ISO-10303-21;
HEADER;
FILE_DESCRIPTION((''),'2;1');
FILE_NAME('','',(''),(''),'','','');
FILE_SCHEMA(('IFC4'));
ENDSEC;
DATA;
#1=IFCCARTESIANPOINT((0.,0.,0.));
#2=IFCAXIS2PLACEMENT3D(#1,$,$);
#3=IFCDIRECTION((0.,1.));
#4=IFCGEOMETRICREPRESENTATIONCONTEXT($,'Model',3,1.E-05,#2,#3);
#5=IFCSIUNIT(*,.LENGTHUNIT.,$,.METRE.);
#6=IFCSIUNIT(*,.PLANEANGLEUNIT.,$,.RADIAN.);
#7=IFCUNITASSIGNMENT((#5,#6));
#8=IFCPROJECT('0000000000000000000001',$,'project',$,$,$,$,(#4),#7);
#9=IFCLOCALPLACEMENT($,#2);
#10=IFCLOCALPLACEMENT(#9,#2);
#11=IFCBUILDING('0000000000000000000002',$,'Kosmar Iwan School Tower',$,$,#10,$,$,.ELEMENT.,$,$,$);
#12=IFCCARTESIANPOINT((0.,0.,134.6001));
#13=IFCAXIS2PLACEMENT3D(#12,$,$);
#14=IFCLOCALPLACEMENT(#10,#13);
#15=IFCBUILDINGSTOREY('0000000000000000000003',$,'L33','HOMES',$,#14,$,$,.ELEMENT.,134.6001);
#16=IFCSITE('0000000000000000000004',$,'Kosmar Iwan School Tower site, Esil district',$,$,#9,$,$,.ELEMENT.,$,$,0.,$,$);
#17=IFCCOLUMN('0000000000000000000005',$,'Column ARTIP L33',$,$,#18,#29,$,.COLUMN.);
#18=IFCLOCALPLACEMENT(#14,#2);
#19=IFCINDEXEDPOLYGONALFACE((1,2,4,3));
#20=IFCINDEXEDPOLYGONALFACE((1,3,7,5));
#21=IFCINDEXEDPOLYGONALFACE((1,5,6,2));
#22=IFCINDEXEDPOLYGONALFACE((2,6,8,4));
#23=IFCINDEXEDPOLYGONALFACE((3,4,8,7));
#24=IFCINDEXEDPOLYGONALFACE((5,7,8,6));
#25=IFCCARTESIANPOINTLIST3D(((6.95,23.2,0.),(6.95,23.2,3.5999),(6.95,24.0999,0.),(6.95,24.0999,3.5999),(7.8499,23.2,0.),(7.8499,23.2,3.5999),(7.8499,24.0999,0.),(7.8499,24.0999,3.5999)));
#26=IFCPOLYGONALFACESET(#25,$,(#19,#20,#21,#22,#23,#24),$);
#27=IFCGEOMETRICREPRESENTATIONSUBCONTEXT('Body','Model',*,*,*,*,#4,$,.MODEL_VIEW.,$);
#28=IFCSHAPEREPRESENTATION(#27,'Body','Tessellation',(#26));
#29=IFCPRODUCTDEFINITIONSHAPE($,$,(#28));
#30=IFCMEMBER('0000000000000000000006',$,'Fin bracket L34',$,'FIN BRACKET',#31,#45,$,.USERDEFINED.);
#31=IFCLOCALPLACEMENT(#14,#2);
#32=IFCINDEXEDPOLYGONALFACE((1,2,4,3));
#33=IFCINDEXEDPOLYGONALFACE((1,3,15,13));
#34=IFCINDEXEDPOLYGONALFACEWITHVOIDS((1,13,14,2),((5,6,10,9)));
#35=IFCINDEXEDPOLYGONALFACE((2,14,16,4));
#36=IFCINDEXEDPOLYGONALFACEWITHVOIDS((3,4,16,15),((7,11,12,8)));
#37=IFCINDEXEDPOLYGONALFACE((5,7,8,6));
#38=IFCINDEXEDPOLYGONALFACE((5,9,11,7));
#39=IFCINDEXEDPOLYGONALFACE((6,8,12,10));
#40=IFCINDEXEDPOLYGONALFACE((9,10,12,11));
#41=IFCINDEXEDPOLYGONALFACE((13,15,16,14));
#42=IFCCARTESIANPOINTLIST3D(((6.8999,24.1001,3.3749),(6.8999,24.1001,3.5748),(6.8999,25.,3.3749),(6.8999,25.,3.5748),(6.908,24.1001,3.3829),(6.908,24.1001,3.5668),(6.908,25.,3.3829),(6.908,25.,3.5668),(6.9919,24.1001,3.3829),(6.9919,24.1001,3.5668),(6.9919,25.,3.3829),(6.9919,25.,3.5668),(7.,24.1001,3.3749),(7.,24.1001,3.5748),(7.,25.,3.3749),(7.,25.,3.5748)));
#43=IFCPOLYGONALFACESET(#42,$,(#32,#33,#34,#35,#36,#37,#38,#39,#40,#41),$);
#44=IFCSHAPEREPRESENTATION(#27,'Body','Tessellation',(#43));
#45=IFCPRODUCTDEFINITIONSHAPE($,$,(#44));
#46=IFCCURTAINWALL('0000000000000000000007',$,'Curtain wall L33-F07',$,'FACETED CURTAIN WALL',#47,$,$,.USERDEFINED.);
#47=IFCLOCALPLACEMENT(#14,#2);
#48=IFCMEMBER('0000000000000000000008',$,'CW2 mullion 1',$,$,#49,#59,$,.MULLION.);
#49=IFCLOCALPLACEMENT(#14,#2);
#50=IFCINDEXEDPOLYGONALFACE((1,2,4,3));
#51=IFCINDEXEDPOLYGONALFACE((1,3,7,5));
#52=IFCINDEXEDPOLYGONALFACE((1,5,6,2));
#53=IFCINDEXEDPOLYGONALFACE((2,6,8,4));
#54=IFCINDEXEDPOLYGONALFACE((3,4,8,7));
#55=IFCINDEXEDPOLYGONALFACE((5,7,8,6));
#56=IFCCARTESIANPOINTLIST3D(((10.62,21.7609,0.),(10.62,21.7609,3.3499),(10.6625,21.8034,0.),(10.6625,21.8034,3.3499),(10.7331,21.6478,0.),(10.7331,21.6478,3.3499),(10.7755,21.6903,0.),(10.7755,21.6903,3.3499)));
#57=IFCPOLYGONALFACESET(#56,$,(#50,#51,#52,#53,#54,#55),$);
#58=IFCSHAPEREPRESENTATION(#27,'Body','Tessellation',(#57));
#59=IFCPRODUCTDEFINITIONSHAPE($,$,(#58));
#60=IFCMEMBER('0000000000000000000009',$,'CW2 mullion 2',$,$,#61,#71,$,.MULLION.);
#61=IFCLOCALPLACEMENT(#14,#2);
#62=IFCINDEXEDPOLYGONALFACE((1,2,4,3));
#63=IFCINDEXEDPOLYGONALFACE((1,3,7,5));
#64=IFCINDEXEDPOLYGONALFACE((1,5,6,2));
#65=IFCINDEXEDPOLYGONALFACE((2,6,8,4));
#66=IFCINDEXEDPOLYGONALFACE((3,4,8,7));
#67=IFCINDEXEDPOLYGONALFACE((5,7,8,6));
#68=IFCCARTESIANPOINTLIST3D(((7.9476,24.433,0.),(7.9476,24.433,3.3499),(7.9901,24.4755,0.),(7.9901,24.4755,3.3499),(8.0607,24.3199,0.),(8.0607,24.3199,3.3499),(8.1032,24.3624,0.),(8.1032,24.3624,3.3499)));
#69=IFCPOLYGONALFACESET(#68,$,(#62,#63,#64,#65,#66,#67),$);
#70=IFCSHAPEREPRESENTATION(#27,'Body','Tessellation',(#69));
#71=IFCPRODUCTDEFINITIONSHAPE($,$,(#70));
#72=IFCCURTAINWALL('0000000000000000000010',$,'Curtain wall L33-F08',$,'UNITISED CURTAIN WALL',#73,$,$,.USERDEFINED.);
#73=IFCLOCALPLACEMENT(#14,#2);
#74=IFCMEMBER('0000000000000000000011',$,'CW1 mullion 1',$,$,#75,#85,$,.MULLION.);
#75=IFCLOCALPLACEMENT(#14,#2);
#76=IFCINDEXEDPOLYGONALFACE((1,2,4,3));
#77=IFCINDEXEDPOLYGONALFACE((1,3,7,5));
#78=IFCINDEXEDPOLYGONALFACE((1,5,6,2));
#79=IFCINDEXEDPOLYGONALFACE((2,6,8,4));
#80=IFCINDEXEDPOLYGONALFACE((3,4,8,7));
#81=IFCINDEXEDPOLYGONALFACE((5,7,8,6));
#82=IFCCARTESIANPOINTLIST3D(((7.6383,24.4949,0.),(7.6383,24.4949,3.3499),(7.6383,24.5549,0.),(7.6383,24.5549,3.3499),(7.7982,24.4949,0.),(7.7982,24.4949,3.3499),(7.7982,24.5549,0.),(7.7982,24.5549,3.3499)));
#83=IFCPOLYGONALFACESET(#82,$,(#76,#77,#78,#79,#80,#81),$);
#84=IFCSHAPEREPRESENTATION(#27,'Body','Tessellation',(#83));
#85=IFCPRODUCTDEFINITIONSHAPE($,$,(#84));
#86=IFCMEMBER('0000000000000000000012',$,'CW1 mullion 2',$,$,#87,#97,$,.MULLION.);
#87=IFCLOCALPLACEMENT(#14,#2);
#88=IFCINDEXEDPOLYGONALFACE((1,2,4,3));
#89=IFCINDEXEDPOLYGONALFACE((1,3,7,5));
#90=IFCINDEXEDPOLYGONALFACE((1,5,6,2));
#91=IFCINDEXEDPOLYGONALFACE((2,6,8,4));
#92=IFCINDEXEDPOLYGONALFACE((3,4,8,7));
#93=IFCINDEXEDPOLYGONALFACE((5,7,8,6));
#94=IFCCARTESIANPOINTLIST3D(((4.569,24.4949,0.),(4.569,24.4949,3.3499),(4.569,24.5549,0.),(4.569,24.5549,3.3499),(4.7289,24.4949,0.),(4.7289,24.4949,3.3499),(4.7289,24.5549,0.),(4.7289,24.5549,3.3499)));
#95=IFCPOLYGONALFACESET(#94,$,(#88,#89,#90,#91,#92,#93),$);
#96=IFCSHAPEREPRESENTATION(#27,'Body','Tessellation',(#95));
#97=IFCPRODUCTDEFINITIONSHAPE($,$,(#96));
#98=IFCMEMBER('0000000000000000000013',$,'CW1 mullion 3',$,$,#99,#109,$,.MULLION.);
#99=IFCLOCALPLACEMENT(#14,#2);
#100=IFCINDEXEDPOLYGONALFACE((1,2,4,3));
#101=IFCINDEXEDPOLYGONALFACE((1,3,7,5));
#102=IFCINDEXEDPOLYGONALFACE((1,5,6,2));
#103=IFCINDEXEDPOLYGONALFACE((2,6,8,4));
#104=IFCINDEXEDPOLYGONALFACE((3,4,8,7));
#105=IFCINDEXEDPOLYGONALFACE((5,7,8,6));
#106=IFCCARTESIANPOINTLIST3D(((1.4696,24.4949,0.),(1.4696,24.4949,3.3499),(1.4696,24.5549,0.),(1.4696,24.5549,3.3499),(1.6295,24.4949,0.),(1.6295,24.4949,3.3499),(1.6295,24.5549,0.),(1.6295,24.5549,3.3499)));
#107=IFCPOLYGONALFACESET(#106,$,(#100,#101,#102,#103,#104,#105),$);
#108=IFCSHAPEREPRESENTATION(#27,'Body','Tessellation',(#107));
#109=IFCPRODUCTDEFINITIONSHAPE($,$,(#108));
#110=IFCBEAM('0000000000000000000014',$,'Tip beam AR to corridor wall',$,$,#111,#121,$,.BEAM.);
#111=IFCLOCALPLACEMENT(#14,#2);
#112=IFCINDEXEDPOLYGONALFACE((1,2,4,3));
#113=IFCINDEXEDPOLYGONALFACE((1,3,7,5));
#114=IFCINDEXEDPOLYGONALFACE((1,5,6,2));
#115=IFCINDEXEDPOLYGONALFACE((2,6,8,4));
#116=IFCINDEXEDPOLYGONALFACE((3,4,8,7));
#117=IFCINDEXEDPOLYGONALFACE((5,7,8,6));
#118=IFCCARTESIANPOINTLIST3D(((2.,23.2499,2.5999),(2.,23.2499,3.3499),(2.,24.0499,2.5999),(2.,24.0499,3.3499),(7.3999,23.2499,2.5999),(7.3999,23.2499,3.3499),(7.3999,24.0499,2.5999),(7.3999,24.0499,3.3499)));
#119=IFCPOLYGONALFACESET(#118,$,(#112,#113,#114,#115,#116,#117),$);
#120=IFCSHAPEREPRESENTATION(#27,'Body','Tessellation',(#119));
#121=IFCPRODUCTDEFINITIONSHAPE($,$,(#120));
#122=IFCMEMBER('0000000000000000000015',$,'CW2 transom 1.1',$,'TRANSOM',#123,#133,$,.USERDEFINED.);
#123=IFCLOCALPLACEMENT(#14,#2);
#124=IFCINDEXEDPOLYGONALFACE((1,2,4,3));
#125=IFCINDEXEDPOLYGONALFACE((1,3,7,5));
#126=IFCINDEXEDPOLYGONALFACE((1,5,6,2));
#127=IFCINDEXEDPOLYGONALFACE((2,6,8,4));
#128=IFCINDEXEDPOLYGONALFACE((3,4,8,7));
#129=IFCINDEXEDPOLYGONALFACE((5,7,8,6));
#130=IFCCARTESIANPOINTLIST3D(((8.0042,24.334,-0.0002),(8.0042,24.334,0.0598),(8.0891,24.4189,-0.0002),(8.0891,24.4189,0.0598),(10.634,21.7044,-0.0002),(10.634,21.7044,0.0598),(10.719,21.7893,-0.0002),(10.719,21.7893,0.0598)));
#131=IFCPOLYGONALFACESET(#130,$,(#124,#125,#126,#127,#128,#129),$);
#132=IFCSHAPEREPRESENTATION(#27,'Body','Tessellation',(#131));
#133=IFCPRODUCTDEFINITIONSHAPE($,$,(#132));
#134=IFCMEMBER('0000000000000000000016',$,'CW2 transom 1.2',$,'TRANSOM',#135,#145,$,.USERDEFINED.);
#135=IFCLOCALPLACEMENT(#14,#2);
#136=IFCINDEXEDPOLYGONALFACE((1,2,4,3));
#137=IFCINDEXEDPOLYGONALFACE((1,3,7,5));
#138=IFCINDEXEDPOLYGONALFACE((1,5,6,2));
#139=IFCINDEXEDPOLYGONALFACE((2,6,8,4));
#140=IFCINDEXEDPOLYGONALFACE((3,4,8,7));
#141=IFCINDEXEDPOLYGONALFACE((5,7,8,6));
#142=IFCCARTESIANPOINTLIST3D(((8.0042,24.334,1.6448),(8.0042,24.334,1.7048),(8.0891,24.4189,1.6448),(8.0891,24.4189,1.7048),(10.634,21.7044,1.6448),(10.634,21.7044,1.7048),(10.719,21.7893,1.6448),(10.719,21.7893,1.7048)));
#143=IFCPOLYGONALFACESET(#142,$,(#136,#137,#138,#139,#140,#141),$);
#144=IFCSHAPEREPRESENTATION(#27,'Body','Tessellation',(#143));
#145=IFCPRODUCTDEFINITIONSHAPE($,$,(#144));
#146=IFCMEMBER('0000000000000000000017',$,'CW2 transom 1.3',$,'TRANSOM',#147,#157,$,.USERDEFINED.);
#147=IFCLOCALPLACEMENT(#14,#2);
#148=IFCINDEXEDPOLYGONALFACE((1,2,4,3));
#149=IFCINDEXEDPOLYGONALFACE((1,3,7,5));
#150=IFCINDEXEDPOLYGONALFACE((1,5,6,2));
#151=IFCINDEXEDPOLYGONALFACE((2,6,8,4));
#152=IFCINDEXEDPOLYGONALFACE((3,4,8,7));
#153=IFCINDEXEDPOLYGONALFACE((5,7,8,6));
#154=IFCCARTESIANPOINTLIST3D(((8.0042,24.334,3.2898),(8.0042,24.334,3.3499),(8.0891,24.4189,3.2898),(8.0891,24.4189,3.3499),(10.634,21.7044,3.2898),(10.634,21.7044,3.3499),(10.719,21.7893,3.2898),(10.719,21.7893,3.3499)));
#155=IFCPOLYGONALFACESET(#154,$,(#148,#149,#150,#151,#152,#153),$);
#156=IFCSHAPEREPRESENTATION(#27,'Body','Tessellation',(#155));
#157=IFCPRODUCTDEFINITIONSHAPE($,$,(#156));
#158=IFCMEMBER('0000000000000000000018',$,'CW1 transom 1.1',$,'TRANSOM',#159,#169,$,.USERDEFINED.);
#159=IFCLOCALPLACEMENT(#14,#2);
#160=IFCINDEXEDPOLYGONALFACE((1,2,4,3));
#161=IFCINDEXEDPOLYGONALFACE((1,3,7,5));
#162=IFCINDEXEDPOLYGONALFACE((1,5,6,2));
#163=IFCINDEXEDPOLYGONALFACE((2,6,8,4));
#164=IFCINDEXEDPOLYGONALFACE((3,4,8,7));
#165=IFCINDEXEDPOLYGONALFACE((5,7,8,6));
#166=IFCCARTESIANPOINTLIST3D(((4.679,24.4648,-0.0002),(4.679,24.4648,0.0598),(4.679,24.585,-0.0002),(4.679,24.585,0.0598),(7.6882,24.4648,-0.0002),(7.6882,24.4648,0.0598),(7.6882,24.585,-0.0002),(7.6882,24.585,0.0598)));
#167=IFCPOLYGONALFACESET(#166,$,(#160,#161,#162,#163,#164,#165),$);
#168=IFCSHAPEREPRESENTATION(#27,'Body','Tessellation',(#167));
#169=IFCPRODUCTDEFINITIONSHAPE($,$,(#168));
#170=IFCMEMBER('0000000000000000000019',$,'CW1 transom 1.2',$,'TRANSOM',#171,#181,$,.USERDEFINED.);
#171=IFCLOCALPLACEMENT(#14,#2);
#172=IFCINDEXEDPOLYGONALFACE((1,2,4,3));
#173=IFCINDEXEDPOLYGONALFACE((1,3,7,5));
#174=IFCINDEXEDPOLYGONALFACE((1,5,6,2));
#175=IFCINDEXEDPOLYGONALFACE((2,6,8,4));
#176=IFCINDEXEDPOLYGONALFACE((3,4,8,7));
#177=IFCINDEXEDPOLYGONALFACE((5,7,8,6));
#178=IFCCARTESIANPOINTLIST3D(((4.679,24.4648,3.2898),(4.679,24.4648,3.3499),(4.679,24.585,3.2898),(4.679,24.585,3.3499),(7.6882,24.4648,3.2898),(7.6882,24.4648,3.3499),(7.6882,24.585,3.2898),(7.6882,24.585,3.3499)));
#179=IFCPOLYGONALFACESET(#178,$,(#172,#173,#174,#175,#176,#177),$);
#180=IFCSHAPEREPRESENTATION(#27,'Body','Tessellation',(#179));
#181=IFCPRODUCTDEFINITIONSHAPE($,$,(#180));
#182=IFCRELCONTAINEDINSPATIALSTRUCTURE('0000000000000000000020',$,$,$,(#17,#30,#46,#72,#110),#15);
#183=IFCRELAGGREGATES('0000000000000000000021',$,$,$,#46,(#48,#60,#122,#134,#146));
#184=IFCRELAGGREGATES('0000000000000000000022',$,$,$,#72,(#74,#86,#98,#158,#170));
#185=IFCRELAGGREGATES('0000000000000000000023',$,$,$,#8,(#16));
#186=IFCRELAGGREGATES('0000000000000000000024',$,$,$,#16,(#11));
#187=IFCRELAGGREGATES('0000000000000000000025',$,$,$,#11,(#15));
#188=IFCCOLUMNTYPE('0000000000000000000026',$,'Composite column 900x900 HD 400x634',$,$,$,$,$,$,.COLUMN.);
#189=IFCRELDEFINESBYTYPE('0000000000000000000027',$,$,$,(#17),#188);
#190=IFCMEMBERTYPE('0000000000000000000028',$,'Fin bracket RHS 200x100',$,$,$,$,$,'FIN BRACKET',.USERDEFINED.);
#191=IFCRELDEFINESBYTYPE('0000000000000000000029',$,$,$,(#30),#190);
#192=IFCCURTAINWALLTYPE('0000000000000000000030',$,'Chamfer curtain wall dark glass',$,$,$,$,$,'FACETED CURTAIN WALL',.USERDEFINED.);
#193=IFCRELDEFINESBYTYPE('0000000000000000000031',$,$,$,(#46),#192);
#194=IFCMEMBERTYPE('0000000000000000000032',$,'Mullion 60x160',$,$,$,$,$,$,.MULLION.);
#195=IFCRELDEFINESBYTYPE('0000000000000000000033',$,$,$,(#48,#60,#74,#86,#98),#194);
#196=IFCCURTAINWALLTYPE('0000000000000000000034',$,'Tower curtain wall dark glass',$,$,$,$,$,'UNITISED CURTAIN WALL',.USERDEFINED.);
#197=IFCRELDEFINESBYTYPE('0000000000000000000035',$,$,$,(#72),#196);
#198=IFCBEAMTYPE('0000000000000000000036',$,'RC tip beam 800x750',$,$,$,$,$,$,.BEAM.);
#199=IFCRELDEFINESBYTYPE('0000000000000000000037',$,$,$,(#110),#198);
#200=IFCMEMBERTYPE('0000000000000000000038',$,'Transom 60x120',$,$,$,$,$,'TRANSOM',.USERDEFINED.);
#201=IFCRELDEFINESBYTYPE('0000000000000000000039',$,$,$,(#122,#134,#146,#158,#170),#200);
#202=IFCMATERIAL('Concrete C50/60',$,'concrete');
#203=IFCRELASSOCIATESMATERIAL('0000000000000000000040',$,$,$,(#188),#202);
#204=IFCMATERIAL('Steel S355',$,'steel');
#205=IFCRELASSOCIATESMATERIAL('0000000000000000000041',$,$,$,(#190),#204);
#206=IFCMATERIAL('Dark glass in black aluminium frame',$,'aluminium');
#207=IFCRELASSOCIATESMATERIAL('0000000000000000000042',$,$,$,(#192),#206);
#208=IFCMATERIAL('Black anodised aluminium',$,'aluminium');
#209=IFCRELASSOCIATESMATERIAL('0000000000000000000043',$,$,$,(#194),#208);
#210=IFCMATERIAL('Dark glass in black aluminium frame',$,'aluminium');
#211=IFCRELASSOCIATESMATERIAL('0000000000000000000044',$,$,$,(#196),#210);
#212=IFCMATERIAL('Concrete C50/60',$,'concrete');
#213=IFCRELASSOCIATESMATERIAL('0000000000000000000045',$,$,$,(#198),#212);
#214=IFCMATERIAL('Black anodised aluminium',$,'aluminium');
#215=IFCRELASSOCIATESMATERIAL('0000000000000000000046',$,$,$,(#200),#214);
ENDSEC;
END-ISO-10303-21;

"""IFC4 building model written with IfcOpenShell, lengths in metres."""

from ifc_helpers import new_model, si_unit, direction, frame, origin, origin_2d, place, context, subcontext, project, spatial, rectangle, hollow_rectangle, extrude, material, material_profile, profile_set, type_object, element, aggregate, save


model = new_model("IFC4")

# Units and contexts
model_context = context("Model", 3, precision=1e-05, world=origin(), true_north=direction((0.0, 1.0)))
body_context = subcontext(model_context, "Body", "Model", "MODEL_VIEW")
ifc_project = project(units=[si_unit("LENGTHUNIT", "METRE"), si_unit("PLANEANGLEUNIT", "RADIAN")], contexts=[model_context])

# Site, building, storey
site_placement = place(None, origin())
site = spatial("IfcSite", under=ifc_project, at=site_placement, Name="Kosmar Iwan School Tower site, Esil district", CompositionType="ELEMENT", RefElevation=0.0)
building_placement = place(site_placement, origin())
building = spatial("IfcBuilding", under=site, at=building_placement, Name="Kosmar Iwan School Tower", CompositionType="ELEMENT")
storey_placement = place(building_placement, frame((0.0, 0.0, 134.6001)))
storey = spatial("IfcBuildingStorey", under=building, at=storey_placement, Name="L33", Description="HOMES", CompositionType="ELEMENT", Elevation=134.6001)

# Column
ifc_material_1 = material(Name="Concrete C50/60", Category="concrete")
ifc_material_profile_1 = material_profile(ifc_material_1, rectangle(XDim=0.8999, YDim=0.8999, at=origin_2d()), Name="RC 900x900 + HD 400x634")
ifc_profile_set_1 = profile_set([ifc_material_profile_1], Name="Concrete C50/60")
column_type = type_object("IfcColumnType", Name="Composite column 900x900 HD 400x634", PredefinedType="COLUMN", material=ifc_profile_set_1)
column_placement = place(storey_placement, frame((7.3999, 23.6499, 0.0), z_axis=(0.0, 0.0, 1.0), x_axis=(0.0, 1.0, 0.0)))
element("IfcColumn", 1, at=column_placement, inside=storey, type_object=column_type, Name="Column ARTIP L33", PredefinedType="COLUMN", context=body_context, shape_type="SweptSolid", body=[
    extrude(rectangle(XDim=0.8999, YDim=0.8999, at=origin_2d()), origin(), (0.0, 0.0, 1.0), 3.5999),
])

# Member
ifc_material_2 = material(Name="Steel S355", Category="steel")
ifc_material_profile_2 = material_profile(ifc_material_2, hollow_rectangle(XDim=0.1001, YDim=0.2, WallThickness=0.0081, at=origin_2d()), Name="RHS 200x100x8")
ifc_profile_set_2 = profile_set([ifc_material_profile_2], Name="Steel S355")
member_type_1 = type_object("IfcMemberType", Name="Fin bracket RHS 200x100", ElementType="FIN BRACKET", PredefinedType="USERDEFINED", material=ifc_profile_set_2)
member_1_placement = place(storey_placement, frame((6.95, 24.1001, 3.4749), z_axis=(0.0, 1.0, 0.0), x_axis=(-1.0, 0.0, 0.0)))
element("IfcMember", 2, at=member_1_placement, inside=storey, type_object=member_type_1, Name="Fin bracket L34", ObjectType="FIN BRACKET", PredefinedType="USERDEFINED", context=body_context, shape_type="SweptSolid", body=[
    extrude(hollow_rectangle(XDim=0.1001, YDim=0.2, WallThickness=0.0081, at=origin_2d()), origin(), (0.0, 0.0, 1.0), 0.8999),
])

# Curtain walls, members
ifc_material_3 = material(Name="Dark glass in black aluminium frame", Category="aluminium")
curtain_wall_type_1 = type_object("IfcCurtainWallType", Name="Chamfer curtain wall dark glass", ElementType="FACETED CURTAIN WALL", PredefinedType="USERDEFINED", material=ifc_material_3)
curtain_wall_1_placement = place(storey_placement, origin())
curtain_wall_1 = element("IfcCurtainWall", 3, at=curtain_wall_1_placement, inside=storey, type_object=curtain_wall_type_1, Name="Curtain wall L33-F07", ObjectType="FACETED CURTAIN WALL", PredefinedType="USERDEFINED")
ifc_material_4 = material(Name="Black anodised aluminium", Category="aluminium")
ifc_material_profile_3 = material_profile(ifc_material_4, rectangle(XDim=0.0601, YDim=0.1599, at=origin_2d()), Name="MULLION 60x160")
ifc_profile_set_3 = profile_set([ifc_material_profile_3], Name="Black anodised aluminium")
member_type_2 = type_object("IfcMemberType", Name="Mullion 60x160", PredefinedType="MULLION", material=ifc_profile_set_3)
member_2_placement = place(storey_placement, frame((10.6978, 21.7256, 0.0), z_axis=(0.0, 0.0, 1.0), x_axis=(-0.707107, -0.707107, 0.0)))
member_2 = element("IfcMember", 4, at=member_2_placement, type_object=member_type_2, Name="CW2 mullion 1", PredefinedType="MULLION", context=body_context, shape_type="SweptSolid", body=[
    extrude(rectangle(XDim=0.0601, YDim=0.1599, at=origin_2d()), origin(), (0.0, 0.0, 1.0), 3.3499),
])
member_3_placement = place(storey_placement, frame((8.0254, 24.3977, 0.0), z_axis=(0.0, 0.0, 1.0), x_axis=(-0.707107, -0.707107, 0.0)))
member_3 = element("IfcMember", 5, at=member_3_placement, type_object=member_type_2, Name="CW2 mullion 2", PredefinedType="MULLION", context=body_context, shape_type="SweptSolid", body=[
    extrude(rectangle(XDim=0.0601, YDim=0.1599, at=origin_2d()), origin(), (0.0, 0.0, 1.0), 3.3499),
])
ifc_material_5 = material(Name="Dark glass in black aluminium frame", Category="aluminium")
curtain_wall_type_2 = type_object("IfcCurtainWallType", Name="Tower curtain wall dark glass", ElementType="UNITISED CURTAIN WALL", PredefinedType="USERDEFINED", material=ifc_material_5)
curtain_wall_2_placement = place(storey_placement, origin())
curtain_wall_2 = element("IfcCurtainWall", 6, at=curtain_wall_2_placement, inside=storey, type_object=curtain_wall_type_2, Name="Curtain wall L33-F08", ObjectType="UNITISED CURTAIN WALL", PredefinedType="USERDEFINED")
member_4_placement = place(storey_placement, frame((7.7183, 24.5249, 0.0), z_axis=(0.0, 0.0, 1.0), x_axis=(0.0, -1.0, 0.0)))
member_4 = element("IfcMember", 7, at=member_4_placement, type_object=member_type_2, Name="CW1 mullion 1", PredefinedType="MULLION", context=body_context, shape_type="SweptSolid", body=[
    extrude(rectangle(XDim=0.0601, YDim=0.1599, at=origin_2d()), origin(), (0.0, 0.0, 1.0), 3.3499),
])
member_5_placement = place(storey_placement, frame((4.6489, 24.5249, 0.0), z_axis=(0.0, 0.0, 1.0), x_axis=(0.0, -1.0, 0.0)))
member_5 = element("IfcMember", 8, at=member_5_placement, type_object=member_type_2, Name="CW1 mullion 2", PredefinedType="MULLION", context=body_context, shape_type="SweptSolid", body=[
    extrude(rectangle(XDim=0.0601, YDim=0.1599, at=origin_2d()), origin(), (0.0, 0.0, 1.0), 3.3499),
])
member_6_placement = place(storey_placement, frame((1.5496, 24.5249, 0.0), z_axis=(0.0, 0.0, 1.0), x_axis=(0.0, -1.0, 0.0)))
member_6 = element("IfcMember", 9, at=member_6_placement, type_object=member_type_2, Name="CW1 mullion 3", PredefinedType="MULLION", context=body_context, shape_type="SweptSolid", body=[
    extrude(rectangle(XDim=0.0601, YDim=0.1599, at=origin_2d()), origin(), (0.0, 0.0, 1.0), 3.3499),
])

# Beam
ifc_material_6 = material(Name="Concrete C50/60", Category="concrete")
ifc_material_profile_4 = material_profile(ifc_material_6, rectangle(XDim=0.8, YDim=0.75, at=origin_2d()), Name="RC 800x750")
ifc_profile_set_4 = profile_set([ifc_material_profile_4], Name="Concrete C50/60")
beam_type = type_object("IfcBeamType", Name="RC tip beam 800x750", PredefinedType="BEAM", material=ifc_profile_set_4)
beam_placement = place(storey_placement, frame((7.3999, 23.6499, 2.9749), z_axis=(-1.0, 0.0, 0.0), x_axis=(0.0, -1.0, 0.0)))
element("IfcBeam", 10, at=beam_placement, inside=storey, type_object=beam_type, Name="Tip beam AR to corridor wall", PredefinedType="BEAM", context=body_context, shape_type="SweptSolid", body=[
    extrude(rectangle(XDim=0.8, YDim=0.75, at=origin_2d()), origin(), (0.0, 0.0, 1.0), 5.3999),
])

# Members
ifc_material_7 = material(Name="Black anodised aluminium", Category="aluminium")
ifc_material_profile_5 = material_profile(ifc_material_7, rectangle(XDim=0.1201, YDim=0.0601, at=origin_2d()), Name="TRANSOM 60x120")
ifc_profile_set_5 = profile_set([ifc_material_profile_5], Name="Black anodised aluminium")
member_type_3 = type_object("IfcMemberType", Name="Transom 60x120", ElementType="TRANSOM", PredefinedType="USERDEFINED", material=ifc_profile_set_5)
member_7_placement = place(storey_placement, frame((10.6765, 21.7468, 0.0298), z_axis=(-0.70714, 0.707074, 0.0), x_axis=(-0.707074, -0.70714, 0.0)))
member_7 = element("IfcMember", 11, at=member_7_placement, type_object=member_type_3, Name="CW2 transom 1.1", ObjectType="TRANSOM", PredefinedType="USERDEFINED", context=body_context, shape_type="SweptSolid", body=[
    extrude(rectangle(XDim=0.1201, YDim=0.0601, at=origin_2d()), origin(), (0.0, 0.0, 1.0), 3.719),
])
member_8_placement = place(storey_placement, frame((10.6765, 21.7468, 1.6748), z_axis=(-0.70714, 0.707074, 0.0), x_axis=(-0.707074, -0.70714, 0.0)))
member_8 = element("IfcMember", 12, at=member_8_placement, type_object=member_type_3, Name="CW2 transom 1.2", ObjectType="TRANSOM", PredefinedType="USERDEFINED", context=body_context, shape_type="SweptSolid", body=[
    extrude(rectangle(XDim=0.1201, YDim=0.0601, at=origin_2d()), origin(), (0.0, 0.0, 1.0), 3.719),
])
member_9_placement = place(storey_placement, frame((10.6765, 21.7468, 3.3198), z_axis=(-0.70714, 0.707074, 0.0), x_axis=(-0.707074, -0.70714, 0.0)))
member_9 = element("IfcMember", 13, at=member_9_placement, type_object=member_type_3, Name="CW2 transom 1.3", ObjectType="TRANSOM", PredefinedType="USERDEFINED", context=body_context, shape_type="SweptSolid", body=[
    extrude(rectangle(XDim=0.1201, YDim=0.0601, at=origin_2d()), origin(), (0.0, 0.0, 1.0), 3.719),
])
member_10_placement = place(storey_placement, frame((7.6882, 24.5249, 0.0298), z_axis=(-1.0, 0.0, 0.0), x_axis=(0.0, -1.0, 0.0)))
member_10 = element("IfcMember", 14, at=member_10_placement, type_object=member_type_3, Name="CW1 transom 1.1", ObjectType="TRANSOM", PredefinedType="USERDEFINED", context=body_context, shape_type="SweptSolid", body=[
    extrude(rectangle(XDim=0.1201, YDim=0.0601, at=origin_2d()), origin(), (0.0, 0.0, 1.0), 3.0093),
])
member_11_placement = place(storey_placement, frame((7.6882, 24.5249, 3.3198), z_axis=(-1.0, 0.0, 0.0), x_axis=(0.0, -1.0, 0.0)))
member_11 = element("IfcMember", 15, at=member_11_placement, type_object=member_type_3, Name="CW1 transom 1.2", ObjectType="TRANSOM", PredefinedType="USERDEFINED", context=body_context, shape_type="SweptSolid", body=[
    extrude(rectangle(XDim=0.1201, YDim=0.0601, at=origin_2d()), origin(), (0.0, 0.0, 1.0), 3.0093),
])

aggregate(curtain_wall_1, [member_2, member_3, member_7, member_8, member_9])
aggregate(curtain_wall_2, [member_4, member_5, member_6, member_10, member_11])

save(model, "model.ifc")
